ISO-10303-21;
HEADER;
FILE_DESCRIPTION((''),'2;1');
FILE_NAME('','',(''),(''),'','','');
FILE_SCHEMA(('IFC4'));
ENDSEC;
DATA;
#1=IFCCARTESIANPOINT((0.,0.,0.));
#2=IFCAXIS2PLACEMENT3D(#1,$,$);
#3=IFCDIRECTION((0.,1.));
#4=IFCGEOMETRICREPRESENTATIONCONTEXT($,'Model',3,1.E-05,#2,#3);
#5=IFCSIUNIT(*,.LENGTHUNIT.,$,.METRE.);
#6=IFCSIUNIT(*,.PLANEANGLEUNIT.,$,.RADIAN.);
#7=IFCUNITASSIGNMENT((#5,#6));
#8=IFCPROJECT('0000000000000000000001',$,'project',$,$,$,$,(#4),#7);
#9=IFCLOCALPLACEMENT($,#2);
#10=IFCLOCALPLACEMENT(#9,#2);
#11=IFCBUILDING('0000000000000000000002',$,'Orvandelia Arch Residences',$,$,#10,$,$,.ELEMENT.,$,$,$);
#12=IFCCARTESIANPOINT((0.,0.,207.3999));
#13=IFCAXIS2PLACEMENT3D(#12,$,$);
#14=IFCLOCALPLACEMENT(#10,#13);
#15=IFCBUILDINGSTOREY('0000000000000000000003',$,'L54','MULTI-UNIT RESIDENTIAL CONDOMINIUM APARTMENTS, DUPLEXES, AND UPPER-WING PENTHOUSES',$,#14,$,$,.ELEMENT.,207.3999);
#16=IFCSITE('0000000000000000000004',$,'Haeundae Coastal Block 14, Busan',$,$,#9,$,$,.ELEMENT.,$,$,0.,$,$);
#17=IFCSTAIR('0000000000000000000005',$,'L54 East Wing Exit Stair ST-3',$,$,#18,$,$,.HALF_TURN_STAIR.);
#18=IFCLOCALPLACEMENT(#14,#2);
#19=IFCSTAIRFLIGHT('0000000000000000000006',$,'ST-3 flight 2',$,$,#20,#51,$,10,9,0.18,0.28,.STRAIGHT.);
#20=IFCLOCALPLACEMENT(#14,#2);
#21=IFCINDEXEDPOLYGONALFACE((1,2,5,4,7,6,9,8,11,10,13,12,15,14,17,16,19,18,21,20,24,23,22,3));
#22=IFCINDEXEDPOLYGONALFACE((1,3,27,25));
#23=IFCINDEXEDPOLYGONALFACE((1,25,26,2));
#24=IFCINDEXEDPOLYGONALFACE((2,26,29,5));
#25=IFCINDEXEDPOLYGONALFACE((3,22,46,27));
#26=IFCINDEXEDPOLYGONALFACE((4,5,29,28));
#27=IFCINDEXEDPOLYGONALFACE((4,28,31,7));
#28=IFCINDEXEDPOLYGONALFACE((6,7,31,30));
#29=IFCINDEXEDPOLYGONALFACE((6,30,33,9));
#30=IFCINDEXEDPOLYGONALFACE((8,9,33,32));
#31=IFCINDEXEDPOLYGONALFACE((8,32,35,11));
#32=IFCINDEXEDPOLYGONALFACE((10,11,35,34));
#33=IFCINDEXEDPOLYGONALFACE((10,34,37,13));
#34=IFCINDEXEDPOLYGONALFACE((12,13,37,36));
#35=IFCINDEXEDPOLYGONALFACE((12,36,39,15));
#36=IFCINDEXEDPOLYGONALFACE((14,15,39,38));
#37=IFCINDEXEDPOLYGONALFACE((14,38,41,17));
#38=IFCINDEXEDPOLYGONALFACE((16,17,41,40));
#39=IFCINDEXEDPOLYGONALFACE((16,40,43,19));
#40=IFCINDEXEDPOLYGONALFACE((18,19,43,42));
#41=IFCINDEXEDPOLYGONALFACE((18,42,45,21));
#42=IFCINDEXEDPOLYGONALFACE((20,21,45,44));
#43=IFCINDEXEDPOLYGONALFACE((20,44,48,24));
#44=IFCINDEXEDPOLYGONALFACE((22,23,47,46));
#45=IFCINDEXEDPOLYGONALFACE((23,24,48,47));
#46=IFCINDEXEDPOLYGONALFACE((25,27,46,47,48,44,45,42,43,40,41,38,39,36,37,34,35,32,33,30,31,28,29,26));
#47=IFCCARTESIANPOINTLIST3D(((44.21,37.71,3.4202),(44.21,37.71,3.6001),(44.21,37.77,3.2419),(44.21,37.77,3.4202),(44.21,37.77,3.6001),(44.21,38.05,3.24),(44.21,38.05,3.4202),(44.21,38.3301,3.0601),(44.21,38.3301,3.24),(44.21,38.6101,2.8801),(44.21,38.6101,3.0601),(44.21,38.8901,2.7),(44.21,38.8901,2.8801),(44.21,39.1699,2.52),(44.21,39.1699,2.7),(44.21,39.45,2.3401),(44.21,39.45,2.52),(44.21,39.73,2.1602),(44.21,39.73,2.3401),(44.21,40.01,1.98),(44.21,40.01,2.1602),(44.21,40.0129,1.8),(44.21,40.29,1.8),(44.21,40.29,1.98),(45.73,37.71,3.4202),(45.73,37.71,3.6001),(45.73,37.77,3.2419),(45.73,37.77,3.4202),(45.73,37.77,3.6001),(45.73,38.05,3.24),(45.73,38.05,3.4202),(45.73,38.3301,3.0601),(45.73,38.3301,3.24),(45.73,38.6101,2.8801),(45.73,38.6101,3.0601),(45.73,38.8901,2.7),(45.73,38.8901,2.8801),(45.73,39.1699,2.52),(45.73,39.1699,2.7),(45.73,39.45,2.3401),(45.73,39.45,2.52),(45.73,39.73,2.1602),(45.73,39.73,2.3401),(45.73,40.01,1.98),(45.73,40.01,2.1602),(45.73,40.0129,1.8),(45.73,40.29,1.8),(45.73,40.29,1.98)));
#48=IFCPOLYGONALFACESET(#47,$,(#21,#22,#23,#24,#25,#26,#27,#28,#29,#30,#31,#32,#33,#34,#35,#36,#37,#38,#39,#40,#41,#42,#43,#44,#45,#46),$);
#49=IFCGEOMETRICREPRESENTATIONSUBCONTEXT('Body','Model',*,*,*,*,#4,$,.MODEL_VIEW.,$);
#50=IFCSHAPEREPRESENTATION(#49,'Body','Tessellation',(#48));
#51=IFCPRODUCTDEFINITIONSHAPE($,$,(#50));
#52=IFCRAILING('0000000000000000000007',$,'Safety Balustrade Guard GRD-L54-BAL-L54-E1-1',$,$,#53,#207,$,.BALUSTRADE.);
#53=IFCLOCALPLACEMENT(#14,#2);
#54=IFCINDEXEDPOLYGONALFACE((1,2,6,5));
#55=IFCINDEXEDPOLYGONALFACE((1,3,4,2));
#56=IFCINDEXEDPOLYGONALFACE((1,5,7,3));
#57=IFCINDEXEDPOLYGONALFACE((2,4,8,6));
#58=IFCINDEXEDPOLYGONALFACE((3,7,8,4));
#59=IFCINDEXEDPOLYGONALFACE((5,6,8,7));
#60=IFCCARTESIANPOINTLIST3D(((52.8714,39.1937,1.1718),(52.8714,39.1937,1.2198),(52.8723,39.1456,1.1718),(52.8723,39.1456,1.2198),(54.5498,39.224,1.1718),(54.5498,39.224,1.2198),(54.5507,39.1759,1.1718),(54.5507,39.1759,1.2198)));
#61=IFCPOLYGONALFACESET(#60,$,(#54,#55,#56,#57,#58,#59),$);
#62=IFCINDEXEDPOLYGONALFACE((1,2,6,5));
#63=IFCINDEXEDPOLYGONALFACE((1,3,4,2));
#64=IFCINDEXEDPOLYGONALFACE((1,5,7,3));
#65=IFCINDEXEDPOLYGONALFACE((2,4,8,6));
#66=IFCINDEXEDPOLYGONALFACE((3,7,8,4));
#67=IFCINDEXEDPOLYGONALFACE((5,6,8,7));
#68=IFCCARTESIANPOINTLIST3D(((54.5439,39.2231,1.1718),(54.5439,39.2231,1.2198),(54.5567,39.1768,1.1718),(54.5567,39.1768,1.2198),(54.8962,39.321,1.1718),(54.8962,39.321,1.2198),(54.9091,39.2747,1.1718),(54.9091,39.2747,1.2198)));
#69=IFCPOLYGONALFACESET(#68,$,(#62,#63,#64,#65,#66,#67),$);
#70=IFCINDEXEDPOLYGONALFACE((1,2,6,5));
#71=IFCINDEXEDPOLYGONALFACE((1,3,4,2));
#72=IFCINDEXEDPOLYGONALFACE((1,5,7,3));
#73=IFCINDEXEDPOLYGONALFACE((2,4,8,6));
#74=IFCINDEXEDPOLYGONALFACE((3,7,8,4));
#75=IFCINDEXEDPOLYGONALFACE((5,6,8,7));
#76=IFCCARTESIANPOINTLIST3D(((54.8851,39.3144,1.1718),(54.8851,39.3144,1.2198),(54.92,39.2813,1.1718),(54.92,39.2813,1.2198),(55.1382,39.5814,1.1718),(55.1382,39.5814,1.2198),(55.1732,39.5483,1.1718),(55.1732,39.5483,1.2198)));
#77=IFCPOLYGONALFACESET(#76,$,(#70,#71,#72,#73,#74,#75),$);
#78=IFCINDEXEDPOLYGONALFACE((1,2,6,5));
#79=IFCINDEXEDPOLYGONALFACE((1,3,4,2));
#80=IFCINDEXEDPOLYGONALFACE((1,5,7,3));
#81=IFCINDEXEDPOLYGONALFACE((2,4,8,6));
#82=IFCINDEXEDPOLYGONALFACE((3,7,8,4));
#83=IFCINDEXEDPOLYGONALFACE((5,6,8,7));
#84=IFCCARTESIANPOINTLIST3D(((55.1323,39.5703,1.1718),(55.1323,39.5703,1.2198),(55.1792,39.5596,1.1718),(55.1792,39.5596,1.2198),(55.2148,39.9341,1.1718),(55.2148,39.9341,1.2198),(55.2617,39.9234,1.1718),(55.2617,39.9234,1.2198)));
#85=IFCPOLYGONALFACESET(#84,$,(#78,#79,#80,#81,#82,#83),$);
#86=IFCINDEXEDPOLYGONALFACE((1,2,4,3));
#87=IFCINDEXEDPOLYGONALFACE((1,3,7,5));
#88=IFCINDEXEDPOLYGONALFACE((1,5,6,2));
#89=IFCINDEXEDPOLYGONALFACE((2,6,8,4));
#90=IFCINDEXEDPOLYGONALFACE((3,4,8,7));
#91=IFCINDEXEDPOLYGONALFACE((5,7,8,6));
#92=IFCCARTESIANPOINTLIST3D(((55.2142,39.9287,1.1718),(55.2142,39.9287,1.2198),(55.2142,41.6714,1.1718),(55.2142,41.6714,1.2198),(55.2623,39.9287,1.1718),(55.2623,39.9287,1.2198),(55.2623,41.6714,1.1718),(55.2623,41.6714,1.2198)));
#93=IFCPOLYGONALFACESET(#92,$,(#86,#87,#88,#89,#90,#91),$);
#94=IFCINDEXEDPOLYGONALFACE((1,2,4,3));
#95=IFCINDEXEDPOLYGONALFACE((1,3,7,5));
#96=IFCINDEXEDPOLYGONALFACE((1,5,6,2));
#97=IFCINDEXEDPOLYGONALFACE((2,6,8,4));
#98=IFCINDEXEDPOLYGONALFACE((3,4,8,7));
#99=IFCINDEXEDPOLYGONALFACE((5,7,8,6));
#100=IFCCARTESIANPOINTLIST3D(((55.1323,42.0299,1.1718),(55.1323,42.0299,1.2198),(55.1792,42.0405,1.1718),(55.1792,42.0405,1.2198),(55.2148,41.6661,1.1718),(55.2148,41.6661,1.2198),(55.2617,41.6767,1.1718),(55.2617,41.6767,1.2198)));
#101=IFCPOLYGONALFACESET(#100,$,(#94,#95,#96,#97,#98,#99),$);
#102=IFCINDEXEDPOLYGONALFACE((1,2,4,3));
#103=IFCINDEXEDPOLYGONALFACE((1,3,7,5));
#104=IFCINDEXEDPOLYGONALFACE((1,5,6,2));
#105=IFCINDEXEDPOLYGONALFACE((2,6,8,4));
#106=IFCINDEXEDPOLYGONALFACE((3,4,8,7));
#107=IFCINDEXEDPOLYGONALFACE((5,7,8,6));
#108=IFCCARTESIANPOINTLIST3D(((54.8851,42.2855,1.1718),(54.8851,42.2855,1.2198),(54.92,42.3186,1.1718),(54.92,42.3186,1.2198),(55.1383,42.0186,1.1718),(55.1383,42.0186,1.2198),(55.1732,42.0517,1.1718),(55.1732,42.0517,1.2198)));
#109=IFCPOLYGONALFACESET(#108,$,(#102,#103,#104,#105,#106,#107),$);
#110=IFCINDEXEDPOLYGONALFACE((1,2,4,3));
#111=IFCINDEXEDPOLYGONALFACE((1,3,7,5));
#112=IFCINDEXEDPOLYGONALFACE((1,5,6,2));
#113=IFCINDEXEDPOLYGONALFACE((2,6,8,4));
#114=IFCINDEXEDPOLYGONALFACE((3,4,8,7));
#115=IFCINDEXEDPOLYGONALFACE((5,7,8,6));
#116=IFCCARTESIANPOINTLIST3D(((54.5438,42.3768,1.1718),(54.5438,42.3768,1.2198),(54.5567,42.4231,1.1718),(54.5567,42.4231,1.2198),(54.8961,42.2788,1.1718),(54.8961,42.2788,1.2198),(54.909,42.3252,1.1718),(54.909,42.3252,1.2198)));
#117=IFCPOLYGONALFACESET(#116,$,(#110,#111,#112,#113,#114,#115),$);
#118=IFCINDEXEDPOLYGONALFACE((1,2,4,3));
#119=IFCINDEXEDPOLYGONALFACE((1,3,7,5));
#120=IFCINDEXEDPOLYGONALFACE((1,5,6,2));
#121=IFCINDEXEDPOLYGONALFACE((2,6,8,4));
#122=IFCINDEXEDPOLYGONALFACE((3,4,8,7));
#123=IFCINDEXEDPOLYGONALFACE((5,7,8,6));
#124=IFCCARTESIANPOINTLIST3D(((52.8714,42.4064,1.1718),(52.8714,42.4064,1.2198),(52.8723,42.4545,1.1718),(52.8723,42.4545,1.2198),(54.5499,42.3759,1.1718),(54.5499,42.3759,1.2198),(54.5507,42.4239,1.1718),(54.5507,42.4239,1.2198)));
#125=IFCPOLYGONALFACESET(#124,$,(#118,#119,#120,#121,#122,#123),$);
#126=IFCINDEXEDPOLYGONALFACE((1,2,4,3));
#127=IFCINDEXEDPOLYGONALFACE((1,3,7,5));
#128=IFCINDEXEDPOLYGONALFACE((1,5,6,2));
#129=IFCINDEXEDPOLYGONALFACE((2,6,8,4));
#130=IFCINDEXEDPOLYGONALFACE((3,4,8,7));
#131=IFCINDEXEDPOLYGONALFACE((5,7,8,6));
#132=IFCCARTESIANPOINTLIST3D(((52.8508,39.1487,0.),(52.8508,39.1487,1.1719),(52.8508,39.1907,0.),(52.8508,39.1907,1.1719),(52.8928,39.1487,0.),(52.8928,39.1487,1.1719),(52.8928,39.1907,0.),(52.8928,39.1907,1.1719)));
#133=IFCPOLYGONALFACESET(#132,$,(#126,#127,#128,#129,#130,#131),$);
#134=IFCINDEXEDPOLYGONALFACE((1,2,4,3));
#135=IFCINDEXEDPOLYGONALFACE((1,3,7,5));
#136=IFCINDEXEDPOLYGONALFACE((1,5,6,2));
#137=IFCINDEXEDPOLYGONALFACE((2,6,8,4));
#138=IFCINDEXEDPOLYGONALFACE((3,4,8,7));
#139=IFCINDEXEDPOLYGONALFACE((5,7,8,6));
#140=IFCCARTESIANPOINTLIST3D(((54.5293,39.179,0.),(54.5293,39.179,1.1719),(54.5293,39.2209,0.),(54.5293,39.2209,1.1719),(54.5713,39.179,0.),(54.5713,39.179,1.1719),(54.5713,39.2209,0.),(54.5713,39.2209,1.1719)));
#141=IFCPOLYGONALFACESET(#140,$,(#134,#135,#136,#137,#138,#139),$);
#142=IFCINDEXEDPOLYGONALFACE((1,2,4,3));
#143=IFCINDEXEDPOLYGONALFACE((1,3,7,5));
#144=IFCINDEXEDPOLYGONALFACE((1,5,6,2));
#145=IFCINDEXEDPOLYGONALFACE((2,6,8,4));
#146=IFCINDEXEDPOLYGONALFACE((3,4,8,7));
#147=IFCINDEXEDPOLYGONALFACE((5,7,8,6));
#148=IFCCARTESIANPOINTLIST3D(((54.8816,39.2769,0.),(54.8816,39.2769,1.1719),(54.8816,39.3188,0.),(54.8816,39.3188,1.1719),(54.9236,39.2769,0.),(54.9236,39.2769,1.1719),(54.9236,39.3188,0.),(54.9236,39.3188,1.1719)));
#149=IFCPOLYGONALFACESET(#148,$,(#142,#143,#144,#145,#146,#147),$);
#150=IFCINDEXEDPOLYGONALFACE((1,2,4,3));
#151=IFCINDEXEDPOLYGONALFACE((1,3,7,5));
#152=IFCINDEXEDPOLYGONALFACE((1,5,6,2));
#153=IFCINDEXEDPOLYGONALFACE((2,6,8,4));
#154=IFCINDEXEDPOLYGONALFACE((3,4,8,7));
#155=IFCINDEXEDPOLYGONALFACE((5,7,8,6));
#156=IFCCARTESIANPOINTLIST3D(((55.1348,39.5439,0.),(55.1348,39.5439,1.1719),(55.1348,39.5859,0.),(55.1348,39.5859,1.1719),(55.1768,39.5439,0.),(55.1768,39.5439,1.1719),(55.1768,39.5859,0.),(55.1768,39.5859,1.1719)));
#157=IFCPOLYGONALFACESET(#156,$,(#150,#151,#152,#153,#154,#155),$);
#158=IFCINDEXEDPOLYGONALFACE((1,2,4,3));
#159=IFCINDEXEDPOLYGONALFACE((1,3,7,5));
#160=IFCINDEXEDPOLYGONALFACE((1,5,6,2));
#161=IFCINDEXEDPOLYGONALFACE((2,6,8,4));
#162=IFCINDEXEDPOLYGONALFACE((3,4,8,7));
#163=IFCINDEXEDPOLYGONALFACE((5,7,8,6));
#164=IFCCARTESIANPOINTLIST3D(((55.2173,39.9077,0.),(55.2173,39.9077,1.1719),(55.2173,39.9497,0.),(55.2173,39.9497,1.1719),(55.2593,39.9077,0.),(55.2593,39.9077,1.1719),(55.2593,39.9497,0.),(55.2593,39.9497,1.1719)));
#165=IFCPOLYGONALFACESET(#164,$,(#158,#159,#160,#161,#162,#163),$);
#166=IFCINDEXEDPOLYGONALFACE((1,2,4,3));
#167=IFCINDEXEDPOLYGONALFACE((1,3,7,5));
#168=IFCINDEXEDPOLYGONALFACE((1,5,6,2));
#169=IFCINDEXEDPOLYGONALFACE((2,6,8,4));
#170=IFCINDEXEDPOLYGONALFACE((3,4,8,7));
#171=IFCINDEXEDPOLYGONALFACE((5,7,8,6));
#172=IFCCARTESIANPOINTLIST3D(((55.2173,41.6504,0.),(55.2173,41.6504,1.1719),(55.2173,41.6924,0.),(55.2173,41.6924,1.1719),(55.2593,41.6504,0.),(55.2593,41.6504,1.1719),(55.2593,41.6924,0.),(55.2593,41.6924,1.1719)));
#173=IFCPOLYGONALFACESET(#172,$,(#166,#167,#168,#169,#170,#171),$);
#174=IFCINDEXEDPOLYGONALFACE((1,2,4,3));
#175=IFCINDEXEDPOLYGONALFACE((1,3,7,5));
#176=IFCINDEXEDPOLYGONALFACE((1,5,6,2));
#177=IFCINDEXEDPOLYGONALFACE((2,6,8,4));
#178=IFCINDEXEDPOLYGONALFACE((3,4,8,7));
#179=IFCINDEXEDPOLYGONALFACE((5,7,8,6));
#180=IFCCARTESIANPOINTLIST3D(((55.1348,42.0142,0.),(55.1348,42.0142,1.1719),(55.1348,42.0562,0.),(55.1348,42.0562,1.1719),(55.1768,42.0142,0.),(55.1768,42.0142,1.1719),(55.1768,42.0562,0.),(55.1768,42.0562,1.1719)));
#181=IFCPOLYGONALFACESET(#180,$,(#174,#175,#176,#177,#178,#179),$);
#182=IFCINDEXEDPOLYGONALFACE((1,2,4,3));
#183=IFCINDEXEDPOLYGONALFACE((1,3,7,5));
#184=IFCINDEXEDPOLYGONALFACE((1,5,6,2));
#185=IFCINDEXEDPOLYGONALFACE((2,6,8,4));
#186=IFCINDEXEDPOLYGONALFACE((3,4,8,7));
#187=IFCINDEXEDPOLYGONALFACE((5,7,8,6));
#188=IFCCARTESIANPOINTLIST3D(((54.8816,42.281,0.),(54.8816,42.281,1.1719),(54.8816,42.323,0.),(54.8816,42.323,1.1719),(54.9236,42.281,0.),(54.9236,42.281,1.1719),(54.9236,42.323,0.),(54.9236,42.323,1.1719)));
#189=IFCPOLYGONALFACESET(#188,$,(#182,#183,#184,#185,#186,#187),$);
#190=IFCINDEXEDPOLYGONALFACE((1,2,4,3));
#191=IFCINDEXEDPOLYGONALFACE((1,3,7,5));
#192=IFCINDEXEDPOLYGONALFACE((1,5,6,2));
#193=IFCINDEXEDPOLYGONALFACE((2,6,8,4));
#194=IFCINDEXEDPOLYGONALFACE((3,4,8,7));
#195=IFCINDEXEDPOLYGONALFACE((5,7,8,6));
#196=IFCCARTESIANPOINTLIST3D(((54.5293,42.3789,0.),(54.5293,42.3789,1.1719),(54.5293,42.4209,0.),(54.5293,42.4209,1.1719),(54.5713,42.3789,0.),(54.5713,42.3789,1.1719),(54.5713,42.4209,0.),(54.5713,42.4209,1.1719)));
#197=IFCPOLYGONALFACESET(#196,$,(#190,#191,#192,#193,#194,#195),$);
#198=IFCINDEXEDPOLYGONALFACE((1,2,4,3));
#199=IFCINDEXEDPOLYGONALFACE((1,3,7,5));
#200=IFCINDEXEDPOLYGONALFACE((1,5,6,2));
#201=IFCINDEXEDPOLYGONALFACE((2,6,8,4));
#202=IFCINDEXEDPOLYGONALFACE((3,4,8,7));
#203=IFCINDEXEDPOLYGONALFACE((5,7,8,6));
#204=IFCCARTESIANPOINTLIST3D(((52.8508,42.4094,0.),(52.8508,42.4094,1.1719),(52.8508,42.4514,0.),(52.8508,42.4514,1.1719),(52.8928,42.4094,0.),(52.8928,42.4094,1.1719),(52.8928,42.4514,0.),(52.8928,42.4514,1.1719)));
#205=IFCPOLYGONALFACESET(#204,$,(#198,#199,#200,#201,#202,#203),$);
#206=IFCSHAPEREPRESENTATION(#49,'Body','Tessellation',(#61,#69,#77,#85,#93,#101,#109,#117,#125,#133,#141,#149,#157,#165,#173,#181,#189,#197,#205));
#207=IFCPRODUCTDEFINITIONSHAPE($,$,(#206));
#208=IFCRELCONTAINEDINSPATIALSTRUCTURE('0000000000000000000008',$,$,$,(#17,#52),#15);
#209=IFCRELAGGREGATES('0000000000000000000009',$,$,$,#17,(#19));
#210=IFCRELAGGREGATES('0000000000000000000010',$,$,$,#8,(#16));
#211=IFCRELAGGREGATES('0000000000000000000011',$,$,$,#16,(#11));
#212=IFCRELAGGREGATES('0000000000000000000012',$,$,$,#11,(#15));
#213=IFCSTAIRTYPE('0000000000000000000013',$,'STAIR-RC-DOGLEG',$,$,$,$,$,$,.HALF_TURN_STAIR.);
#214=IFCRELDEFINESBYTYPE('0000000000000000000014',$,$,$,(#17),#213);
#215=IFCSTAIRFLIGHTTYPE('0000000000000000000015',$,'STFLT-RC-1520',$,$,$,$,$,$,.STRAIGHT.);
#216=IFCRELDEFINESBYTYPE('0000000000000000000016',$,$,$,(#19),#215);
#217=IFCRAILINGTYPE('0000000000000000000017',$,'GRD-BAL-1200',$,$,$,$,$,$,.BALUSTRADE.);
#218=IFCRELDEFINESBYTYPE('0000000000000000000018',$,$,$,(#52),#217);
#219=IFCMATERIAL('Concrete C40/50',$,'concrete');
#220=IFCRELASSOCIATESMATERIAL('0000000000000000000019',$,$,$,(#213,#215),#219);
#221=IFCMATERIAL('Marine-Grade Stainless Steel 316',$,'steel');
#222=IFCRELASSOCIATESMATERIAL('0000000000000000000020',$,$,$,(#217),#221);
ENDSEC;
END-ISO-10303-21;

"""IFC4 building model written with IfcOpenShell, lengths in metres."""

from ifc_helpers import new_model, si_unit, direction, frame, origin, origin_2d, place, context, subcontext, project, spatial, polyline, rectangle, outline, extrude, material, type_object, element, aggregate, save


model = new_model("IFC4")

# Units and contexts
model_context = context("Model", 3, precision=1e-05, world=origin(), true_north=direction((0.0, 1.0)))
body_context = subcontext(model_context, "Body", "Model", "MODEL_VIEW")
ifc_project = project(units=[si_unit("LENGTHUNIT", "METRE"), si_unit("PLANEANGLEUNIT", "RADIAN")], contexts=[model_context])

# Site, building, storey
site_placement = place(None, origin())
site = spatial("IfcSite", under=ifc_project, at=site_placement, Name="Haeundae Coastal Block 14, Busan", CompositionType="ELEMENT", RefElevation=0.0)
building_placement = place(site_placement, origin())
building = spatial("IfcBuilding", under=site, at=building_placement, Name="Orvandelia Arch Residences", CompositionType="ELEMENT")
storey_placement = place(building_placement, frame((0.0, 0.0, 207.3999)))
storey = spatial("IfcBuildingStorey", under=building, at=storey_placement, Name="L54", Description="MULTI-UNIT RESIDENTIAL CONDOMINIUM APARTMENTS, DUPLEXES, AND UPPER-WING PENTHOUSES", CompositionType="ELEMENT", Elevation=207.3999)

# Stair, stair flight
ifc_material_1 = material(Name="Concrete C40/50", Category="concrete")
stair_type = type_object("IfcStairType", Name="STAIR-RC-DOGLEG", PredefinedType="HALF_TURN_STAIR", material=ifc_material_1)
stair_placement = place(storey_placement, origin())
stair = element("IfcStair", 1, at=stair_placement, inside=storey, type_object=stair_type, Name="L54 East Wing Exit Stair ST-3", PredefinedType="HALF_TURN_STAIR")
stair_flight_type = type_object("IfcStairFlightType", Name="STFLT-RC-1520", PredefinedType="STRAIGHT", material=ifc_material_1)
stair_flight_1_placement = place(storey_placement, frame((44.97, 40.29, 1.8), z_axis=(0.0, 0.0, 1.0), x_axis=(0.0, -1.0, 0.0)))
stair_flight_1 = element("IfcStairFlight", 2, at=stair_flight_1_placement, type_object=stair_flight_type, Name="ST-3 flight 2", NumberOfRisers=10, NumberOfTreads=9, PredefinedType="STRAIGHT", RiserHeight=0.18, TreadLength=0.28, context=body_context, shape_type="SweptSolid", body=[
    extrude(outline(polyline([(0.0, 0.0), (0.0, 0.1799), (0.28, 0.1799), (0.28, 0.3601), (0.5601, 0.3601), (0.5601, 0.54), (0.8401, 0.54), (0.8401, 0.72), (1.1201, 0.72), (1.1201, 0.8999), (1.3999, 0.8999), (1.3999, 1.0801), (1.6799, 1.0801), (1.6799, 1.26), (1.96, 1.26), (1.96, 1.4399), (2.24, 1.4399), (2.24, 1.6201), (2.52, 1.6201), (2.52, 1.8), (2.5801, 1.8), (2.5801, 1.6201), (2.52, 1.4419), (0.2771, 0.0), (0.0, 0.0)])), frame((0.0, 0.76, 0.0), z_axis=(0.0, -1.0, 0.0), x_axis=(1.0, 0.0, 0.0)), (0.0, 0.0, 1.0), 1.52),
])
aggregate(stair, [stair_flight_1])

# Railing
ifc_material_2 = material(Name="Marine-Grade Stainless Steel 316", Category="steel")
railing_type_1 = type_object("IfcRailingType", Name="GRD-BAL-1200", PredefinedType="BALUSTRADE", material=ifc_material_2)
railing_1_placement = place(storey_placement, frame((52.8718, 39.1697, 0.0)))
element("IfcRailing", 3, at=railing_1_placement, inside=storey, type_object=railing_type_1, Name="Safety Balustrade Guard GRD-L54-BAL-L54-E1-1", PredefinedType="BALUSTRADE", context=body_context, shape_type="SweptSolid", body=[
    extrude(rectangle(XDim=0.0481, YDim=0.0481, at=origin_2d()), frame((0.0, 0.0, 1.1958), z_axis=(0.999837, 0.018033, 0.0), x_axis=(-0.018033, 0.999837, 0.0)), (0.0, 0.0, 1.0), 1.6787),
    extrude(rectangle(XDim=0.0481, YDim=0.0481, at=origin_2d()), frame((1.6785, 0.0303, 1.1958), z_axis=(0.963489, 0.267747, 0.0), x_axis=(-0.267747, 0.963489, 0.0)), (0.0, 0.0, 1.0), 0.3657),
    extrude(rectangle(XDim=0.0481, YDim=0.0481, at=origin_2d()), frame((2.0308, 0.1282, 1.1958), z_axis=(0.687947, 0.725761, 0.0), x_axis=(-0.725761, 0.687947, 0.0)), (0.0, 0.0, 1.0), 0.3679),
    extrude(rectangle(XDim=0.0481, YDim=0.0481, at=origin_2d()), frame((2.2839, 0.3953, 1.1958), z_axis=(0.221225, 0.975223, 0.0), x_axis=(-0.975223, 0.221225, 0.0)), (0.0, 0.0, 1.0), 0.373),
    extrude(rectangle(XDim=0.0481, YDim=0.0481, at=origin_2d()), frame((2.3665, 0.759, 1.1958), z_axis=(0.0, 1.0, 0.0), x_axis=(-1.0, 0.0, 0.0)), (0.0, 0.0, 1.0), 1.7427),
    extrude(rectangle(XDim=0.0481, YDim=0.0481, at=origin_2d()), frame((2.3665, 2.5017, 1.1958), z_axis=(-0.221225, 0.975223, 0.0), x_axis=(-0.975223, -0.221225, 0.0)), (0.0, 0.0, 1.0), 0.373),
    extrude(rectangle(XDim=0.0481, YDim=0.0481, at=origin_2d()), frame((2.2839, 2.8655, 1.1958), z_axis=(-0.688278, 0.725447, 0.0), x_axis=(-0.725447, -0.688278, 0.0)), (0.0, 0.0, 1.0), 0.3679),
    extrude(rectangle(XDim=0.0481, YDim=0.0481, at=origin_2d()), frame((2.0308, 3.1323, 1.1958), z_axis=(-0.963489, 0.267747, 0.0), x_axis=(-0.267747, -0.963489, 0.0)), (0.0, 0.0, 1.0), 0.3657),
    extrude(rectangle(XDim=0.0481, YDim=0.0481, at=origin_2d()), frame((1.6785, 3.2302, 1.1958), z_axis=(-0.999835, 0.018179, 0.0), x_axis=(-0.018179, -0.999835, 0.0)), (0.0, 0.0, 1.0), 1.6787),
    extrude(rectangle(XDim=0.042, YDim=0.042, at=origin_2d()), origin(), (0.0, 0.0, 1.0), 1.1719),
    extrude(rectangle(XDim=0.042, YDim=0.042, at=origin_2d()), frame((1.6785, 0.0303, 0.0)), (0.0, 0.0, 1.0), 1.1719),
    extrude(rectangle(XDim=0.042, YDim=0.042, at=origin_2d()), frame((2.0308, 0.1282, 0.0)), (0.0, 0.0, 1.0), 1.1719),
    extrude(rectangle(XDim=0.042, YDim=0.042, at=origin_2d()), frame((2.2839, 0.3953, 0.0)), (0.0, 0.0, 1.0), 1.1719),
    extrude(rectangle(XDim=0.042, YDim=0.042, at=origin_2d()), frame((2.3665, 0.759, 0.0)), (0.0, 0.0, 1.0), 1.1719),
    extrude(rectangle(XDim=0.042, YDim=0.042, at=origin_2d()), frame((2.3665, 2.5017, 0.0)), (0.0, 0.0, 1.0), 1.1719),
    extrude(rectangle(XDim=0.042, YDim=0.042, at=origin_2d()), frame((2.2839, 2.8655, 0.0)), (0.0, 0.0, 1.0), 1.1719),
    extrude(rectangle(XDim=0.042, YDim=0.042, at=origin_2d()), frame((2.0308, 3.1323, 0.0)), (0.0, 0.0, 1.0), 1.1719),
    extrude(rectangle(XDim=0.042, YDim=0.042, at=origin_2d()), frame((1.6785, 3.2302, 0.0)), (0.0, 0.0, 1.0), 1.1719),
    extrude(rectangle(XDim=0.042, YDim=0.042, at=origin_2d()), frame((0.0, 3.2607, 0.0)), (0.0, 0.0, 1.0), 1.1719),
])

save(model, "model.ifc")
